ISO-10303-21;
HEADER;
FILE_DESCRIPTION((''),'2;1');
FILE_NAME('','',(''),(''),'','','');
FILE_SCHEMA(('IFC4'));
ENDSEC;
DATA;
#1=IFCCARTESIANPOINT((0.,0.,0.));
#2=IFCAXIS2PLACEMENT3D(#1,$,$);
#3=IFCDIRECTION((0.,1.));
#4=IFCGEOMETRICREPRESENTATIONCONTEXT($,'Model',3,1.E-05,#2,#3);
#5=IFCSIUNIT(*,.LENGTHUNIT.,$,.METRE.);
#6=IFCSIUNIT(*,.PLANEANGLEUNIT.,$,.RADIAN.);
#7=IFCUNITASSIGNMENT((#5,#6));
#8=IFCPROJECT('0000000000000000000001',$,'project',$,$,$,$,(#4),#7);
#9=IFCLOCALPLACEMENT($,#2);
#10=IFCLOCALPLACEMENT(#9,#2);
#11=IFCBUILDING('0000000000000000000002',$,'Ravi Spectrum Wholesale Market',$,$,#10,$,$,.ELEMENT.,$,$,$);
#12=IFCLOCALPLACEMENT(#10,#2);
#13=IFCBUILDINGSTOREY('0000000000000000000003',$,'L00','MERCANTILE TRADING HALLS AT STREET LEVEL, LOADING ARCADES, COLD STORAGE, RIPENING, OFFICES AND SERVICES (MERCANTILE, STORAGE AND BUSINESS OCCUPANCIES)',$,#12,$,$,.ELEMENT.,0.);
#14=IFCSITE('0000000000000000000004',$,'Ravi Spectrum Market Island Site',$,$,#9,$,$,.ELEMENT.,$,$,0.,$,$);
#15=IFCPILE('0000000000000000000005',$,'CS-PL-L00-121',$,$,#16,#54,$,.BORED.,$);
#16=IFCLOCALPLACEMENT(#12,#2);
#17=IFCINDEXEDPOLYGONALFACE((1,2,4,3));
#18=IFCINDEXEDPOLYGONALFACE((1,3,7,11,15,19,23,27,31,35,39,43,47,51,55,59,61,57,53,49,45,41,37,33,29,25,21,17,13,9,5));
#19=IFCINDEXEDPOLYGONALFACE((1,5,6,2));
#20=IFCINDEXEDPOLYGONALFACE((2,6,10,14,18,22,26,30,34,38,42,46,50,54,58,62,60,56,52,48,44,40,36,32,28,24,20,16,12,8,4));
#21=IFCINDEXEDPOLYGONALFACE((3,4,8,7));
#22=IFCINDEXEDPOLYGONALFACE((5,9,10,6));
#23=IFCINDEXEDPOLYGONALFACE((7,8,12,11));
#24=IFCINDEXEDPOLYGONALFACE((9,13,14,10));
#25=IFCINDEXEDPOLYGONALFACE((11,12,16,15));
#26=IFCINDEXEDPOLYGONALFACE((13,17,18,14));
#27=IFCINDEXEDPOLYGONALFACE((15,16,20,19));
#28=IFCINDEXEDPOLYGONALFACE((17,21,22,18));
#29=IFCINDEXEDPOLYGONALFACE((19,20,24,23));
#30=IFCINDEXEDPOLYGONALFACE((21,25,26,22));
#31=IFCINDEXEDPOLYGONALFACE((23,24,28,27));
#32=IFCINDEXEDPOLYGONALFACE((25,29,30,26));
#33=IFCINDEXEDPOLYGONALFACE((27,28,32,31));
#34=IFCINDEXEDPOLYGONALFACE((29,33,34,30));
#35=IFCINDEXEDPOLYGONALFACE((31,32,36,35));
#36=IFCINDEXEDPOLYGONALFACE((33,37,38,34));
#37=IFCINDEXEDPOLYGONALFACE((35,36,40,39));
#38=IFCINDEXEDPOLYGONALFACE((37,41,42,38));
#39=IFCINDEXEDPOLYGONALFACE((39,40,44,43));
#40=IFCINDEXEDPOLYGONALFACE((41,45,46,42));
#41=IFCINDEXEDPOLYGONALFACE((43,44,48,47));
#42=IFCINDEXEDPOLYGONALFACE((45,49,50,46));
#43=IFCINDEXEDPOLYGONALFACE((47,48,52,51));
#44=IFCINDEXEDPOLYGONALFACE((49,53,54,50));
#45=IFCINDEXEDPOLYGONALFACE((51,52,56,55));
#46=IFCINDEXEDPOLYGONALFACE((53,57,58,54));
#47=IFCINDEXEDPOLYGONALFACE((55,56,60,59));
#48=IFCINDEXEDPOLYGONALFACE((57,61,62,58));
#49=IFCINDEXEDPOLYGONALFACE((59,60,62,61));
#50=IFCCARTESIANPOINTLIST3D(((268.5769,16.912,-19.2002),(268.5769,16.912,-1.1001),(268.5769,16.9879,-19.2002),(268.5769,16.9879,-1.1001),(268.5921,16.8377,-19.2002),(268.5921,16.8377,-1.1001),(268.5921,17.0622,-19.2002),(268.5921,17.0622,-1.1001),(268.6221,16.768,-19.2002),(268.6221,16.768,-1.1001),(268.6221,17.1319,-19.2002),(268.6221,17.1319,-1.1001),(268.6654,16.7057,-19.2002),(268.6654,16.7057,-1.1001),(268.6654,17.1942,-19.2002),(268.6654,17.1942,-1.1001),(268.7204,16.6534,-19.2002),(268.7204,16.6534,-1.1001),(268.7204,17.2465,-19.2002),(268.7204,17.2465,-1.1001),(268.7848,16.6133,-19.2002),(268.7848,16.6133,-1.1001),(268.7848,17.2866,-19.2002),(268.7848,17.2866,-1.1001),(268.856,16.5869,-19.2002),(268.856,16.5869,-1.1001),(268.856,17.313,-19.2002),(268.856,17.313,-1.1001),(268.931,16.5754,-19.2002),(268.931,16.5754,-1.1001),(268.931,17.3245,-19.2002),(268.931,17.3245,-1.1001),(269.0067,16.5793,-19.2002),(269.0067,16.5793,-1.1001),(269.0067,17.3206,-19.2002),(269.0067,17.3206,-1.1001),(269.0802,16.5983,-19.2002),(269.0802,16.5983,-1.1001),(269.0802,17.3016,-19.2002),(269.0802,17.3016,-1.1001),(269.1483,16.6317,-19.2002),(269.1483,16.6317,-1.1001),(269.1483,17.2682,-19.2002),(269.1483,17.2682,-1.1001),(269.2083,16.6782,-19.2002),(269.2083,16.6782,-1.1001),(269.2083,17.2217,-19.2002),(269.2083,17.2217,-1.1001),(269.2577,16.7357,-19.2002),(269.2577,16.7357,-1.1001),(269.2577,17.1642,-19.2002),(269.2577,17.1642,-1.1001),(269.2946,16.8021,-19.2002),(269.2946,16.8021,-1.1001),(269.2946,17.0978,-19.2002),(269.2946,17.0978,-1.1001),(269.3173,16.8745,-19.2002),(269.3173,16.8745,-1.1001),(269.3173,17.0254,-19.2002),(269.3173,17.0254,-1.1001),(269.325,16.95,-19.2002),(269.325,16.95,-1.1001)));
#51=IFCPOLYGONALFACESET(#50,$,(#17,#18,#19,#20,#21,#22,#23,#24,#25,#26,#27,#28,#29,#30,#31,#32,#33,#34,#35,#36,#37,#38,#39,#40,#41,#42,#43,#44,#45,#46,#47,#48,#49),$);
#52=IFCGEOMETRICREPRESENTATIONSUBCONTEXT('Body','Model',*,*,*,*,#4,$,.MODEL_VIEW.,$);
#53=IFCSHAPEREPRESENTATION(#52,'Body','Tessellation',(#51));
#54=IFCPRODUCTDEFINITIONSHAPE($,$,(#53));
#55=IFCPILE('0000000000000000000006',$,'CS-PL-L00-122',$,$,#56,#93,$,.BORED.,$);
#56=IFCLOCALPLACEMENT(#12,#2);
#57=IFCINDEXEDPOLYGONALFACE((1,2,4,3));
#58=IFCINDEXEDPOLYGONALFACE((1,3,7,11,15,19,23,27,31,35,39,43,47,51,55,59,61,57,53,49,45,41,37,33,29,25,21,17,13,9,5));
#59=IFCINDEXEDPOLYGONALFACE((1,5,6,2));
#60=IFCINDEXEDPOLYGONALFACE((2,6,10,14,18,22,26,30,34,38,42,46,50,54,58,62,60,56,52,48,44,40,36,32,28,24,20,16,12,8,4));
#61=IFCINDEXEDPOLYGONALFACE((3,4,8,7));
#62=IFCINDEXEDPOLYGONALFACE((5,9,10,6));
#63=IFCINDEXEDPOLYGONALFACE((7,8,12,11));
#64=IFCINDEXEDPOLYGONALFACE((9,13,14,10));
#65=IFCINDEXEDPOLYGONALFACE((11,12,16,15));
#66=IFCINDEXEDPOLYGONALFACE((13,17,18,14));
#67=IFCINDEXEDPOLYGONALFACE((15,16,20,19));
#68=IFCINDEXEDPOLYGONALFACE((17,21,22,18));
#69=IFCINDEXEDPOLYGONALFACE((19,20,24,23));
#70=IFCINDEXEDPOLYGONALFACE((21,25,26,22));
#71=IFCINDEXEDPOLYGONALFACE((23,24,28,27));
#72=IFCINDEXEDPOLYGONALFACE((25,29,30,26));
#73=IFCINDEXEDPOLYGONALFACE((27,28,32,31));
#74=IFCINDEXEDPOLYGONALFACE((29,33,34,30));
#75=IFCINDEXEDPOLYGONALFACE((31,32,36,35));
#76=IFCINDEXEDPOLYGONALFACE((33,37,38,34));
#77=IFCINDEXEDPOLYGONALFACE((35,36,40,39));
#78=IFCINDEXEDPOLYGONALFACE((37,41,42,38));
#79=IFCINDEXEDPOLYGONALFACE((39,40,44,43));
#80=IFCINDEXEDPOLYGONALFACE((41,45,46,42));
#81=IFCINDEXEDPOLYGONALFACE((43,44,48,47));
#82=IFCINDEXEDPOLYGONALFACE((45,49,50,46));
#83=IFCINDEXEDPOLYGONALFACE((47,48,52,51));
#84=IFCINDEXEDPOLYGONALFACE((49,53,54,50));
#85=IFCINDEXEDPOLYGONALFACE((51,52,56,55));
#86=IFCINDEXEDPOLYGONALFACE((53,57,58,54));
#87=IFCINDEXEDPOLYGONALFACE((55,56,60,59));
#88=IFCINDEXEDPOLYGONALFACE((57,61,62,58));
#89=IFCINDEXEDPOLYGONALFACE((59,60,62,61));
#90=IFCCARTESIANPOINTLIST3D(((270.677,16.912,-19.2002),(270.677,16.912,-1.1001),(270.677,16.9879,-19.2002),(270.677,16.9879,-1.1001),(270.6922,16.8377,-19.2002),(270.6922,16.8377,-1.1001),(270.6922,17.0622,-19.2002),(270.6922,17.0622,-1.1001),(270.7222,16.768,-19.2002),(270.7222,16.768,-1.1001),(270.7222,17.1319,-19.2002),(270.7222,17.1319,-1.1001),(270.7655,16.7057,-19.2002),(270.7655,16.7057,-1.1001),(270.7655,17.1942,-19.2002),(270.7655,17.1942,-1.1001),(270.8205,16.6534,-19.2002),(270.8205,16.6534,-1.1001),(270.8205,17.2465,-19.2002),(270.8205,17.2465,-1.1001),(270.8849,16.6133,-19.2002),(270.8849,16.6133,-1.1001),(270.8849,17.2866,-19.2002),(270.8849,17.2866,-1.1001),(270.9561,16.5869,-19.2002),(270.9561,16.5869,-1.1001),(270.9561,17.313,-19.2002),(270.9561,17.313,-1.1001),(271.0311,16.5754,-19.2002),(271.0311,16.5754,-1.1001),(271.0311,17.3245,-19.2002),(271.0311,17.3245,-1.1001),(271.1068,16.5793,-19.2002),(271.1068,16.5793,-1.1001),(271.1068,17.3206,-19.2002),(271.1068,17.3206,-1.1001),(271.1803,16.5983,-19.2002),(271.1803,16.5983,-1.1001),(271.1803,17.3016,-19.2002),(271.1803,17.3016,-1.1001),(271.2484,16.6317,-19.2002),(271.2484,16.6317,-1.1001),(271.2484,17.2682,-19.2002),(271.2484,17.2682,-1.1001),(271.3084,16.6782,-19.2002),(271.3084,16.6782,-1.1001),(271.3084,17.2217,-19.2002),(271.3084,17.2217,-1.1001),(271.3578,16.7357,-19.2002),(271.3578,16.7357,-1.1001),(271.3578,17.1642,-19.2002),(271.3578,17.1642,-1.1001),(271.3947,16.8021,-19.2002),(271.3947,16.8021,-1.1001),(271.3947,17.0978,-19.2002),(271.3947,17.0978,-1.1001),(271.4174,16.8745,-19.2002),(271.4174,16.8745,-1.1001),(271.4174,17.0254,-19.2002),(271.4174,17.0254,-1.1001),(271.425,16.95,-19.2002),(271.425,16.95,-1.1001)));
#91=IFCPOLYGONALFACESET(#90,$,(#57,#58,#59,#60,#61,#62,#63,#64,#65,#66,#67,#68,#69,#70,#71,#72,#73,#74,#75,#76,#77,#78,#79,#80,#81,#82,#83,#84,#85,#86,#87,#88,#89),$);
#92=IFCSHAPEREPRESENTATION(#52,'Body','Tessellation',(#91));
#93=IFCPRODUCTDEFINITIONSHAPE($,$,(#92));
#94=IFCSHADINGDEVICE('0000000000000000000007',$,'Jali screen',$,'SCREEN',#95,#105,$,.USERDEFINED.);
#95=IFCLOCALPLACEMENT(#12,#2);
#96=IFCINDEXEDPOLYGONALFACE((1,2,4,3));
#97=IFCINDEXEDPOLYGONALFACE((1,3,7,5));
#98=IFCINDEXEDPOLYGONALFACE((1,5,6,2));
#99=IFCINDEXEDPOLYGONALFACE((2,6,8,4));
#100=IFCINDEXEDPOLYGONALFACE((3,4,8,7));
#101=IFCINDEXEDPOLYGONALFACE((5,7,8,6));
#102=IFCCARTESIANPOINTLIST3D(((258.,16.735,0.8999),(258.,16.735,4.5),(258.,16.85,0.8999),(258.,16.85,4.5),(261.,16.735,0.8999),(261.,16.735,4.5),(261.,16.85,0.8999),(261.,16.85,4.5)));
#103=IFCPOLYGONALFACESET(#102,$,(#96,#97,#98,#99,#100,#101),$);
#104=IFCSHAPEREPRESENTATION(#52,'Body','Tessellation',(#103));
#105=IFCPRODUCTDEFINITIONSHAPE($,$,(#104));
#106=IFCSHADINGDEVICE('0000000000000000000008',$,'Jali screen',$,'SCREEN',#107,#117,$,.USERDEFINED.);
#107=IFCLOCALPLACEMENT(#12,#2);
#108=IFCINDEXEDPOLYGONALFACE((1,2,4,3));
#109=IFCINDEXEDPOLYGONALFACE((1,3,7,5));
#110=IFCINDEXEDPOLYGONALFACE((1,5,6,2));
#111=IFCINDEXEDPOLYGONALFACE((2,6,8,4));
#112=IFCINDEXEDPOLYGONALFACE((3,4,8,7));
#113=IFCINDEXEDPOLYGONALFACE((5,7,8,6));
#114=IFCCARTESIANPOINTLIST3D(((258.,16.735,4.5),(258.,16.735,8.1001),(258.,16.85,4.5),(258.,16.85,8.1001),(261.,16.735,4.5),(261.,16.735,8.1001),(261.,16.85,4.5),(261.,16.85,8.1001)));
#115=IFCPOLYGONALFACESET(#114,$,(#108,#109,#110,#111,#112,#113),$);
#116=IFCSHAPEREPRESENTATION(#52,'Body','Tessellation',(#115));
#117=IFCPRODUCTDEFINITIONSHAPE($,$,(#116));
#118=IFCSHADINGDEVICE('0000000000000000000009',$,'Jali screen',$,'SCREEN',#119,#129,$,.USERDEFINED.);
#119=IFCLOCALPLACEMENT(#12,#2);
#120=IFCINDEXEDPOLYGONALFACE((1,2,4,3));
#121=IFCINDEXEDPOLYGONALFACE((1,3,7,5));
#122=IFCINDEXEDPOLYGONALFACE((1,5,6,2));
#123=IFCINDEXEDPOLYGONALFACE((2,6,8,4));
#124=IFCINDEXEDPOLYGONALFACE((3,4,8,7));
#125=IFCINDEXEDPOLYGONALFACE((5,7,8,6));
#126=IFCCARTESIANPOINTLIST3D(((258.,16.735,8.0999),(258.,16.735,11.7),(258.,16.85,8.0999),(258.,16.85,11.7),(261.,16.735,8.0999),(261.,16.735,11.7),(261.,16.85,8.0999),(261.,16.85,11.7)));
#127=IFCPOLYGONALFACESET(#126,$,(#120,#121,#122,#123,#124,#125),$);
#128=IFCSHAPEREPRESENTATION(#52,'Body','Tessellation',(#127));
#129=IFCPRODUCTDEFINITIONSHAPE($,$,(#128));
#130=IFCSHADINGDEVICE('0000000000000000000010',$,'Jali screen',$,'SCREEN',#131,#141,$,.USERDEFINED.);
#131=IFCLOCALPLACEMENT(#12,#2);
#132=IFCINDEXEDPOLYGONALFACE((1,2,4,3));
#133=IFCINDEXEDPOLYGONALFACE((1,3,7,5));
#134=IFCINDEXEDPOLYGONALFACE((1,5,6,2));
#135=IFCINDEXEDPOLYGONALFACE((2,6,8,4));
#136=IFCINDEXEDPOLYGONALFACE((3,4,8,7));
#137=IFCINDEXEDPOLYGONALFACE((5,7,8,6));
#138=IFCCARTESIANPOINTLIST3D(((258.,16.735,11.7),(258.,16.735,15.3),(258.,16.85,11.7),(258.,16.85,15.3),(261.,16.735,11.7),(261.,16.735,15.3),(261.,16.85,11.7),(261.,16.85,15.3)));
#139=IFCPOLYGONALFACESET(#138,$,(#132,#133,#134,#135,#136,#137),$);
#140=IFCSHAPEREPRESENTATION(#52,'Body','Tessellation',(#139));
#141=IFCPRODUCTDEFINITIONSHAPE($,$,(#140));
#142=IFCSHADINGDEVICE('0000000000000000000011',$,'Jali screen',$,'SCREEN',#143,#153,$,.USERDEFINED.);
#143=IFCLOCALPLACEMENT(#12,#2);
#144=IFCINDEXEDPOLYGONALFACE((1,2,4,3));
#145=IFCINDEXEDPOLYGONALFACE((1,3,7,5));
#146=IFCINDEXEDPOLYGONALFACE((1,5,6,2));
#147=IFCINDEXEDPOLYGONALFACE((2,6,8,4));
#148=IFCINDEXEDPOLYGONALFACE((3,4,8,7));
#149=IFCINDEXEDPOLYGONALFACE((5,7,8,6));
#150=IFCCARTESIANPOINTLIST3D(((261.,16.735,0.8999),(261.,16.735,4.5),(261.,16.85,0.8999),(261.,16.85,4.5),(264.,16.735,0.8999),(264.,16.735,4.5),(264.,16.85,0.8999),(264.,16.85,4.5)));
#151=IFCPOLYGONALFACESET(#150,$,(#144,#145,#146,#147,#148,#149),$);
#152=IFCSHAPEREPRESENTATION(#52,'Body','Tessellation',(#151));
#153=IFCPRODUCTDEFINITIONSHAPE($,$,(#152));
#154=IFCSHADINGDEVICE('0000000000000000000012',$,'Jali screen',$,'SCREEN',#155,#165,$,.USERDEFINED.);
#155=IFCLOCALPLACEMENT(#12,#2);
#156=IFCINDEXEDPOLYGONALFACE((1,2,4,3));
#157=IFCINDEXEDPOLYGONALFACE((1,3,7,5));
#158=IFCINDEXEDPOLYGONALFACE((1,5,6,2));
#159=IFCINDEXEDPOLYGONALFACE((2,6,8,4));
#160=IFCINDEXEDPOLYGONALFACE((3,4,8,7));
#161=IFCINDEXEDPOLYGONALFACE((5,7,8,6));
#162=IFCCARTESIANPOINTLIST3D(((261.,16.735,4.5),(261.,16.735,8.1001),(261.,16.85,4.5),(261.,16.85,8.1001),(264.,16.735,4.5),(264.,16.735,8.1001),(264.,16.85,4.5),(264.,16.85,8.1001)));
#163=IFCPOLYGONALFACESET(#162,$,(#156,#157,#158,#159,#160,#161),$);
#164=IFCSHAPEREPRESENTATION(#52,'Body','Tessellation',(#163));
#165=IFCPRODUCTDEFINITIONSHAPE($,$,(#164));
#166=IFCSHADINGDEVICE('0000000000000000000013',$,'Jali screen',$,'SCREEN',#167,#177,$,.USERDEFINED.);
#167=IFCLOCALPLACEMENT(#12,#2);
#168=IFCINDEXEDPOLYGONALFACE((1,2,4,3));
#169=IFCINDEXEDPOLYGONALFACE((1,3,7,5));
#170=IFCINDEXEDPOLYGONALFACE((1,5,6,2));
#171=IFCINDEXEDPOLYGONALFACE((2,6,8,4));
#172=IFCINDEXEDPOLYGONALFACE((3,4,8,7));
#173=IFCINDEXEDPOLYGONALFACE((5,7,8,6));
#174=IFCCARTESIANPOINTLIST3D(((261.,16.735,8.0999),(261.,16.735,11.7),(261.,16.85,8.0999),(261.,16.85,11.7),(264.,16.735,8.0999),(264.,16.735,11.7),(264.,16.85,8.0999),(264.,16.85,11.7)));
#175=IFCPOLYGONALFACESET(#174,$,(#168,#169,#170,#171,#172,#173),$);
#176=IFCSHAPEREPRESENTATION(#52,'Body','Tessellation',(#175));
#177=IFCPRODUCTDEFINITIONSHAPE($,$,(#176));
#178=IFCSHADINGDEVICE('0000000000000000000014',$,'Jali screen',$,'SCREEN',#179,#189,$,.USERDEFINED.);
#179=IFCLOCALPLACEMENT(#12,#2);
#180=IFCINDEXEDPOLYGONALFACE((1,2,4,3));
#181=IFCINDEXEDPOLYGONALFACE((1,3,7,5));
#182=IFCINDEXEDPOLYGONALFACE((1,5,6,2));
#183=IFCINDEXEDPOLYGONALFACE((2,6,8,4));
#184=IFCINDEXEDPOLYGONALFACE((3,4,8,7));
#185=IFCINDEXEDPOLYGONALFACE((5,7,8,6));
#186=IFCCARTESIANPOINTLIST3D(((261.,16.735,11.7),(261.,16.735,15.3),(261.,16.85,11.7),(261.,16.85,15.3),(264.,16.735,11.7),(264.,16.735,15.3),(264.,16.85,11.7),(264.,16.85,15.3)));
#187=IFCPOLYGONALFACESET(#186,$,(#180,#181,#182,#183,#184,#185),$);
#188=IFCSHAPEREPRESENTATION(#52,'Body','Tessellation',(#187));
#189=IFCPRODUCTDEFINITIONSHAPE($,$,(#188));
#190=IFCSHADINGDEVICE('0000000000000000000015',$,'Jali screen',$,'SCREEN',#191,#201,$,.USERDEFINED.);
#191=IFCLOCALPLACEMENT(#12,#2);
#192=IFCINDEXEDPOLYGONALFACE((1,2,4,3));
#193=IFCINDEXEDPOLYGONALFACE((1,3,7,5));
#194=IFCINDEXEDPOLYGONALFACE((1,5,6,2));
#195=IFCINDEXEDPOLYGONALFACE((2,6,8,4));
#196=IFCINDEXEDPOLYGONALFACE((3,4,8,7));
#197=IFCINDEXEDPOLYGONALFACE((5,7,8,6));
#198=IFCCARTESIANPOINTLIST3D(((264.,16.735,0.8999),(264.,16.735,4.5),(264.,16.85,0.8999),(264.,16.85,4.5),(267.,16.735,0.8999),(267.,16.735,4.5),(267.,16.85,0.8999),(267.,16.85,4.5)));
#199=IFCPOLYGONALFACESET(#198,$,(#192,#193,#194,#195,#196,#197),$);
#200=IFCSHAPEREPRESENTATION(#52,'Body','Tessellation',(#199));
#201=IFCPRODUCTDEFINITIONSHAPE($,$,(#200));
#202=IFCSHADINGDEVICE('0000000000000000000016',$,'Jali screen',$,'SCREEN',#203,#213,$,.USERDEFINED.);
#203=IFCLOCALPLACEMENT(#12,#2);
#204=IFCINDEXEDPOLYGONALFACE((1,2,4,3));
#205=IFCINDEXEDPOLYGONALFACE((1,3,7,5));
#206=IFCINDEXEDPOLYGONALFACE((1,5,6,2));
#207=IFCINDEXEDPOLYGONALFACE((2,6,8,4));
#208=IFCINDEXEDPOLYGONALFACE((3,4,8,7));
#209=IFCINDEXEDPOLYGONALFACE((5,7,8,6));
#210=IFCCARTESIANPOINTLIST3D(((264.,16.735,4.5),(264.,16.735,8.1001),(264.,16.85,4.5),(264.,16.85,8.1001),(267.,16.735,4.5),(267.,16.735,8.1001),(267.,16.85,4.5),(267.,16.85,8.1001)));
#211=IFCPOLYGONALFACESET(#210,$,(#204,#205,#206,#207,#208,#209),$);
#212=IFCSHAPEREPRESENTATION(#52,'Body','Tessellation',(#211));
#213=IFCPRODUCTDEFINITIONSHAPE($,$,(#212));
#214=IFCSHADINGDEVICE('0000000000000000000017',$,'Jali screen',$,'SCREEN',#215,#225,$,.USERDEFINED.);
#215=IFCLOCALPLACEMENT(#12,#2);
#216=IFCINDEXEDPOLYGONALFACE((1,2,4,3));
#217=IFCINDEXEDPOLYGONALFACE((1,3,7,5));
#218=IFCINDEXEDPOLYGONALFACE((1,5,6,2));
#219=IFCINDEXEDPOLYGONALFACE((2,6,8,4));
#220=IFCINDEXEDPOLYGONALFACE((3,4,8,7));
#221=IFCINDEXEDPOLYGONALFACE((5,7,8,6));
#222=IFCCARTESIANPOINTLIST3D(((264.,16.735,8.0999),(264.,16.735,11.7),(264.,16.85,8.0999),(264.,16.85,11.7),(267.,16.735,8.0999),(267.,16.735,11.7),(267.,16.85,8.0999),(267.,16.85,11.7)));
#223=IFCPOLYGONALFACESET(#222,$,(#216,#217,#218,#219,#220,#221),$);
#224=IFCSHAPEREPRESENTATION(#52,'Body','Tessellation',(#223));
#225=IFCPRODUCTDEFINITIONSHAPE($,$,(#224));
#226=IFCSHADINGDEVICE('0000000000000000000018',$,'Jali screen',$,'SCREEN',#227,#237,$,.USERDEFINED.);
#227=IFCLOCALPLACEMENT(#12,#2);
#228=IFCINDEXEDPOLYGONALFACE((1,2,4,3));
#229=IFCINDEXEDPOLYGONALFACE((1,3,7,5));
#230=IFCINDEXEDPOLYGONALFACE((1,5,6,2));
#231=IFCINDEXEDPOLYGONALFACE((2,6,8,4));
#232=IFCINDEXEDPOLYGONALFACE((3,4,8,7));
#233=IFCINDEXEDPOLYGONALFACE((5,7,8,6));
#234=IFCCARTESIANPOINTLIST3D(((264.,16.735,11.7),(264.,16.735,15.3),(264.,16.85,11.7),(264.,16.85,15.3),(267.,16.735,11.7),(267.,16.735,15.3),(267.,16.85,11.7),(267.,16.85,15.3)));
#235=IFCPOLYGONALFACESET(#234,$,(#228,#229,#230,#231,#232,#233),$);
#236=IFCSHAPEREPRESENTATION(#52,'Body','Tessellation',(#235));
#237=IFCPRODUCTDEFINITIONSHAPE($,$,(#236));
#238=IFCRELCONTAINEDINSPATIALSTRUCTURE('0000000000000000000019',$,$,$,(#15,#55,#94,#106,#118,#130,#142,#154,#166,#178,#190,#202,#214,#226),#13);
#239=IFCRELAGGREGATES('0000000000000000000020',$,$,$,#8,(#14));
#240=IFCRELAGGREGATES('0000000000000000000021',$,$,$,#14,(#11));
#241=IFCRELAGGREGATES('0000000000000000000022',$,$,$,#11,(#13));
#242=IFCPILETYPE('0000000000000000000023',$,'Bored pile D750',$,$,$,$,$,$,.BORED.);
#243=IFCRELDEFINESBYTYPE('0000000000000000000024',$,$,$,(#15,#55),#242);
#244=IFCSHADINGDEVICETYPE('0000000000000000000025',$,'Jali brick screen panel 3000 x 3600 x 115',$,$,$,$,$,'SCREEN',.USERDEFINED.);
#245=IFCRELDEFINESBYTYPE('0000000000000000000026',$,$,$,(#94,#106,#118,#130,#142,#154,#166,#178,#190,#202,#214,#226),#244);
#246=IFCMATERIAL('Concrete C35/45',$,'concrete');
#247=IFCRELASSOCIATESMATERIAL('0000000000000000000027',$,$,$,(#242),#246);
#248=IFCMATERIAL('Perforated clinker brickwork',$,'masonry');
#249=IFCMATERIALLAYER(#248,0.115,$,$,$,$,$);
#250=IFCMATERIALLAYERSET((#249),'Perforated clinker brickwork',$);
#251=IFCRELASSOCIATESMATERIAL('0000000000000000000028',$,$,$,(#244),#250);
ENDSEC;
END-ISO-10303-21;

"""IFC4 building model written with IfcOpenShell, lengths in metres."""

from ifc_helpers import new_model, si_unit, direction, frame, origin, origin_2d, place, context, subcontext, project, spatial, rectangle, circle, extrude, material, layer, layer_set, material_profile, profile_set, type_object, element, save


model = new_model("IFC4")

# Units and contexts
model_context = context("Model", 3, precision=1e-05, world=origin(), true_north=direction((0.0, 1.0)))
body_context = subcontext(model_context, "Body", "Model", "MODEL_VIEW")
ifc_project = project(units=[si_unit("LENGTHUNIT", "METRE"), si_unit("PLANEANGLEUNIT", "RADIAN")], contexts=[model_context])

# Site, building, storey
site_placement = place(None, origin())
site = spatial("IfcSite", under=ifc_project, at=site_placement, Name="Ravi Spectrum Market Island Site", CompositionType="ELEMENT", RefElevation=0.0)
building_placement = place(site_placement, origin())
building = spatial("IfcBuilding", under=site, at=building_placement, Name="Ravi Spectrum Wholesale Market", CompositionType="ELEMENT")
storey_placement = place(building_placement, origin())
storey = spatial("IfcBuildingStorey", under=building, at=storey_placement, Name="L00", Description="MERCANTILE TRADING HALLS AT STREET LEVEL, LOADING ARCADES, COLD STORAGE, RIPENING, OFFICES AND SERVICES (MERCANTILE, STORAGE AND BUSINESS OCCUPANCIES)", CompositionType="ELEMENT", Elevation=0.0)

# Piles
ifc_material_1 = material(Name="Concrete C35/45", Category="concrete")
ifc_material_profile = material_profile(ifc_material_1, circle(Radius=0.375, at=origin_2d()))
ifc_profile_set = profile_set([ifc_material_profile], Name="Concrete C35/45")
pile_type = type_object("IfcPileType", Name="Bored pile D750", PredefinedType="BORED", material=ifc_profile_set)
for number, where, z_axis, x_axis, name in (
    (1, (268.95, 16.95, -1.1001), (0.0, 0.0, -1.0), (1.0, 0.0, 0.0), "CS-PL-L00-121"),
    (2, (271.05, 16.95, -1.1001), (0.0, 0.0, -1.0), (1.0, 0.0, 0.0), "CS-PL-L00-122"),
):
    element("IfcPile", number, at=place(storey_placement, frame(where, z_axis=z_axis, x_axis=x_axis)), inside=storey, type_object=pile_type, Name=name, PredefinedType="BORED", context=body_context, shape_type="SweptSolid", body=[
        extrude(circle(Radius=0.375, at=origin_2d()), origin(), (0.0, 0.0, 1.0), 18.1001),
    ])

# Shading devices
ifc_material_2 = material(Name="Perforated clinker brickwork", Category="masonry")
ifc_layer = layer(ifc_material_2, 0.115)
ifc_layer_set = layer_set([ifc_layer], Name="Perforated clinker brickwork")
shading_device_type = type_object("IfcShadingDeviceType", Name="Jali brick screen panel 3000 x 3600 x 115", ElementType="SCREEN", PredefinedType="USERDEFINED", material=ifc_layer_set)
for number, where, z_axis, x_axis, name in (
    (3, (259.5, 16.7925, 0.8999), (0.0, 0.0, 1.0), (1.0, 0.0, 0.0), "Jali screen"),
    (4, (259.5, 16.7925, 4.5), (0.0, 0.0, 1.0), (1.0, 0.0, 0.0), "Jali screen"),
    (5, (259.5, 16.7925, 8.0999), (0.0, 0.0, 1.0), (1.0, 0.0, 0.0), "Jali screen"),
    (6, (259.5, 16.7925, 11.7), (0.0, 0.0, 1.0), (1.0, 0.0, 0.0), "Jali screen"),
    (7, (262.5, 16.7925, 0.8999), (0.0, 0.0, 1.0), (1.0, 0.0, 0.0), "Jali screen"),
    (8, (262.5, 16.7925, 4.5), (0.0, 0.0, 1.0), (1.0, 0.0, 0.0), "Jali screen"),
    (9, (262.5, 16.7925, 8.0999), (0.0, 0.0, 1.0), (1.0, 0.0, 0.0), "Jali screen"),
    (10, (262.5, 16.7925, 11.7), (0.0, 0.0, 1.0), (1.0, 0.0, 0.0), "Jali screen"),
    (11, (265.5, 16.7925, 0.8999), (0.0, 0.0, 1.0), (1.0, 0.0, 0.0), "Jali screen"),
    (12, (265.5, 16.7925, 4.5), (0.0, 0.0, 1.0), (1.0, 0.0, 0.0), "Jali screen"),
    (13, (265.5, 16.7925, 8.0999), (0.0, 0.0, 1.0), (1.0, 0.0, 0.0), "Jali screen"),
    (14, (265.5, 16.7925, 11.7), (0.0, 0.0, 1.0), (1.0, 0.0, 0.0), "Jali screen"),
):
    element("IfcShadingDevice", number, at=place(storey_placement, frame(where, z_axis=z_axis, x_axis=x_axis)), inside=storey, type_object=shading_device_type, Name=name, ObjectType="SCREEN", PredefinedType="USERDEFINED", context=body_context, shape_type="SweptSolid", body=[
        extrude(rectangle(XDim=3.0, YDim=0.115, at=origin_2d()), origin(), (0.0, 0.0, 1.0), 3.6001),
    ])

save(model, "model.ifc")
